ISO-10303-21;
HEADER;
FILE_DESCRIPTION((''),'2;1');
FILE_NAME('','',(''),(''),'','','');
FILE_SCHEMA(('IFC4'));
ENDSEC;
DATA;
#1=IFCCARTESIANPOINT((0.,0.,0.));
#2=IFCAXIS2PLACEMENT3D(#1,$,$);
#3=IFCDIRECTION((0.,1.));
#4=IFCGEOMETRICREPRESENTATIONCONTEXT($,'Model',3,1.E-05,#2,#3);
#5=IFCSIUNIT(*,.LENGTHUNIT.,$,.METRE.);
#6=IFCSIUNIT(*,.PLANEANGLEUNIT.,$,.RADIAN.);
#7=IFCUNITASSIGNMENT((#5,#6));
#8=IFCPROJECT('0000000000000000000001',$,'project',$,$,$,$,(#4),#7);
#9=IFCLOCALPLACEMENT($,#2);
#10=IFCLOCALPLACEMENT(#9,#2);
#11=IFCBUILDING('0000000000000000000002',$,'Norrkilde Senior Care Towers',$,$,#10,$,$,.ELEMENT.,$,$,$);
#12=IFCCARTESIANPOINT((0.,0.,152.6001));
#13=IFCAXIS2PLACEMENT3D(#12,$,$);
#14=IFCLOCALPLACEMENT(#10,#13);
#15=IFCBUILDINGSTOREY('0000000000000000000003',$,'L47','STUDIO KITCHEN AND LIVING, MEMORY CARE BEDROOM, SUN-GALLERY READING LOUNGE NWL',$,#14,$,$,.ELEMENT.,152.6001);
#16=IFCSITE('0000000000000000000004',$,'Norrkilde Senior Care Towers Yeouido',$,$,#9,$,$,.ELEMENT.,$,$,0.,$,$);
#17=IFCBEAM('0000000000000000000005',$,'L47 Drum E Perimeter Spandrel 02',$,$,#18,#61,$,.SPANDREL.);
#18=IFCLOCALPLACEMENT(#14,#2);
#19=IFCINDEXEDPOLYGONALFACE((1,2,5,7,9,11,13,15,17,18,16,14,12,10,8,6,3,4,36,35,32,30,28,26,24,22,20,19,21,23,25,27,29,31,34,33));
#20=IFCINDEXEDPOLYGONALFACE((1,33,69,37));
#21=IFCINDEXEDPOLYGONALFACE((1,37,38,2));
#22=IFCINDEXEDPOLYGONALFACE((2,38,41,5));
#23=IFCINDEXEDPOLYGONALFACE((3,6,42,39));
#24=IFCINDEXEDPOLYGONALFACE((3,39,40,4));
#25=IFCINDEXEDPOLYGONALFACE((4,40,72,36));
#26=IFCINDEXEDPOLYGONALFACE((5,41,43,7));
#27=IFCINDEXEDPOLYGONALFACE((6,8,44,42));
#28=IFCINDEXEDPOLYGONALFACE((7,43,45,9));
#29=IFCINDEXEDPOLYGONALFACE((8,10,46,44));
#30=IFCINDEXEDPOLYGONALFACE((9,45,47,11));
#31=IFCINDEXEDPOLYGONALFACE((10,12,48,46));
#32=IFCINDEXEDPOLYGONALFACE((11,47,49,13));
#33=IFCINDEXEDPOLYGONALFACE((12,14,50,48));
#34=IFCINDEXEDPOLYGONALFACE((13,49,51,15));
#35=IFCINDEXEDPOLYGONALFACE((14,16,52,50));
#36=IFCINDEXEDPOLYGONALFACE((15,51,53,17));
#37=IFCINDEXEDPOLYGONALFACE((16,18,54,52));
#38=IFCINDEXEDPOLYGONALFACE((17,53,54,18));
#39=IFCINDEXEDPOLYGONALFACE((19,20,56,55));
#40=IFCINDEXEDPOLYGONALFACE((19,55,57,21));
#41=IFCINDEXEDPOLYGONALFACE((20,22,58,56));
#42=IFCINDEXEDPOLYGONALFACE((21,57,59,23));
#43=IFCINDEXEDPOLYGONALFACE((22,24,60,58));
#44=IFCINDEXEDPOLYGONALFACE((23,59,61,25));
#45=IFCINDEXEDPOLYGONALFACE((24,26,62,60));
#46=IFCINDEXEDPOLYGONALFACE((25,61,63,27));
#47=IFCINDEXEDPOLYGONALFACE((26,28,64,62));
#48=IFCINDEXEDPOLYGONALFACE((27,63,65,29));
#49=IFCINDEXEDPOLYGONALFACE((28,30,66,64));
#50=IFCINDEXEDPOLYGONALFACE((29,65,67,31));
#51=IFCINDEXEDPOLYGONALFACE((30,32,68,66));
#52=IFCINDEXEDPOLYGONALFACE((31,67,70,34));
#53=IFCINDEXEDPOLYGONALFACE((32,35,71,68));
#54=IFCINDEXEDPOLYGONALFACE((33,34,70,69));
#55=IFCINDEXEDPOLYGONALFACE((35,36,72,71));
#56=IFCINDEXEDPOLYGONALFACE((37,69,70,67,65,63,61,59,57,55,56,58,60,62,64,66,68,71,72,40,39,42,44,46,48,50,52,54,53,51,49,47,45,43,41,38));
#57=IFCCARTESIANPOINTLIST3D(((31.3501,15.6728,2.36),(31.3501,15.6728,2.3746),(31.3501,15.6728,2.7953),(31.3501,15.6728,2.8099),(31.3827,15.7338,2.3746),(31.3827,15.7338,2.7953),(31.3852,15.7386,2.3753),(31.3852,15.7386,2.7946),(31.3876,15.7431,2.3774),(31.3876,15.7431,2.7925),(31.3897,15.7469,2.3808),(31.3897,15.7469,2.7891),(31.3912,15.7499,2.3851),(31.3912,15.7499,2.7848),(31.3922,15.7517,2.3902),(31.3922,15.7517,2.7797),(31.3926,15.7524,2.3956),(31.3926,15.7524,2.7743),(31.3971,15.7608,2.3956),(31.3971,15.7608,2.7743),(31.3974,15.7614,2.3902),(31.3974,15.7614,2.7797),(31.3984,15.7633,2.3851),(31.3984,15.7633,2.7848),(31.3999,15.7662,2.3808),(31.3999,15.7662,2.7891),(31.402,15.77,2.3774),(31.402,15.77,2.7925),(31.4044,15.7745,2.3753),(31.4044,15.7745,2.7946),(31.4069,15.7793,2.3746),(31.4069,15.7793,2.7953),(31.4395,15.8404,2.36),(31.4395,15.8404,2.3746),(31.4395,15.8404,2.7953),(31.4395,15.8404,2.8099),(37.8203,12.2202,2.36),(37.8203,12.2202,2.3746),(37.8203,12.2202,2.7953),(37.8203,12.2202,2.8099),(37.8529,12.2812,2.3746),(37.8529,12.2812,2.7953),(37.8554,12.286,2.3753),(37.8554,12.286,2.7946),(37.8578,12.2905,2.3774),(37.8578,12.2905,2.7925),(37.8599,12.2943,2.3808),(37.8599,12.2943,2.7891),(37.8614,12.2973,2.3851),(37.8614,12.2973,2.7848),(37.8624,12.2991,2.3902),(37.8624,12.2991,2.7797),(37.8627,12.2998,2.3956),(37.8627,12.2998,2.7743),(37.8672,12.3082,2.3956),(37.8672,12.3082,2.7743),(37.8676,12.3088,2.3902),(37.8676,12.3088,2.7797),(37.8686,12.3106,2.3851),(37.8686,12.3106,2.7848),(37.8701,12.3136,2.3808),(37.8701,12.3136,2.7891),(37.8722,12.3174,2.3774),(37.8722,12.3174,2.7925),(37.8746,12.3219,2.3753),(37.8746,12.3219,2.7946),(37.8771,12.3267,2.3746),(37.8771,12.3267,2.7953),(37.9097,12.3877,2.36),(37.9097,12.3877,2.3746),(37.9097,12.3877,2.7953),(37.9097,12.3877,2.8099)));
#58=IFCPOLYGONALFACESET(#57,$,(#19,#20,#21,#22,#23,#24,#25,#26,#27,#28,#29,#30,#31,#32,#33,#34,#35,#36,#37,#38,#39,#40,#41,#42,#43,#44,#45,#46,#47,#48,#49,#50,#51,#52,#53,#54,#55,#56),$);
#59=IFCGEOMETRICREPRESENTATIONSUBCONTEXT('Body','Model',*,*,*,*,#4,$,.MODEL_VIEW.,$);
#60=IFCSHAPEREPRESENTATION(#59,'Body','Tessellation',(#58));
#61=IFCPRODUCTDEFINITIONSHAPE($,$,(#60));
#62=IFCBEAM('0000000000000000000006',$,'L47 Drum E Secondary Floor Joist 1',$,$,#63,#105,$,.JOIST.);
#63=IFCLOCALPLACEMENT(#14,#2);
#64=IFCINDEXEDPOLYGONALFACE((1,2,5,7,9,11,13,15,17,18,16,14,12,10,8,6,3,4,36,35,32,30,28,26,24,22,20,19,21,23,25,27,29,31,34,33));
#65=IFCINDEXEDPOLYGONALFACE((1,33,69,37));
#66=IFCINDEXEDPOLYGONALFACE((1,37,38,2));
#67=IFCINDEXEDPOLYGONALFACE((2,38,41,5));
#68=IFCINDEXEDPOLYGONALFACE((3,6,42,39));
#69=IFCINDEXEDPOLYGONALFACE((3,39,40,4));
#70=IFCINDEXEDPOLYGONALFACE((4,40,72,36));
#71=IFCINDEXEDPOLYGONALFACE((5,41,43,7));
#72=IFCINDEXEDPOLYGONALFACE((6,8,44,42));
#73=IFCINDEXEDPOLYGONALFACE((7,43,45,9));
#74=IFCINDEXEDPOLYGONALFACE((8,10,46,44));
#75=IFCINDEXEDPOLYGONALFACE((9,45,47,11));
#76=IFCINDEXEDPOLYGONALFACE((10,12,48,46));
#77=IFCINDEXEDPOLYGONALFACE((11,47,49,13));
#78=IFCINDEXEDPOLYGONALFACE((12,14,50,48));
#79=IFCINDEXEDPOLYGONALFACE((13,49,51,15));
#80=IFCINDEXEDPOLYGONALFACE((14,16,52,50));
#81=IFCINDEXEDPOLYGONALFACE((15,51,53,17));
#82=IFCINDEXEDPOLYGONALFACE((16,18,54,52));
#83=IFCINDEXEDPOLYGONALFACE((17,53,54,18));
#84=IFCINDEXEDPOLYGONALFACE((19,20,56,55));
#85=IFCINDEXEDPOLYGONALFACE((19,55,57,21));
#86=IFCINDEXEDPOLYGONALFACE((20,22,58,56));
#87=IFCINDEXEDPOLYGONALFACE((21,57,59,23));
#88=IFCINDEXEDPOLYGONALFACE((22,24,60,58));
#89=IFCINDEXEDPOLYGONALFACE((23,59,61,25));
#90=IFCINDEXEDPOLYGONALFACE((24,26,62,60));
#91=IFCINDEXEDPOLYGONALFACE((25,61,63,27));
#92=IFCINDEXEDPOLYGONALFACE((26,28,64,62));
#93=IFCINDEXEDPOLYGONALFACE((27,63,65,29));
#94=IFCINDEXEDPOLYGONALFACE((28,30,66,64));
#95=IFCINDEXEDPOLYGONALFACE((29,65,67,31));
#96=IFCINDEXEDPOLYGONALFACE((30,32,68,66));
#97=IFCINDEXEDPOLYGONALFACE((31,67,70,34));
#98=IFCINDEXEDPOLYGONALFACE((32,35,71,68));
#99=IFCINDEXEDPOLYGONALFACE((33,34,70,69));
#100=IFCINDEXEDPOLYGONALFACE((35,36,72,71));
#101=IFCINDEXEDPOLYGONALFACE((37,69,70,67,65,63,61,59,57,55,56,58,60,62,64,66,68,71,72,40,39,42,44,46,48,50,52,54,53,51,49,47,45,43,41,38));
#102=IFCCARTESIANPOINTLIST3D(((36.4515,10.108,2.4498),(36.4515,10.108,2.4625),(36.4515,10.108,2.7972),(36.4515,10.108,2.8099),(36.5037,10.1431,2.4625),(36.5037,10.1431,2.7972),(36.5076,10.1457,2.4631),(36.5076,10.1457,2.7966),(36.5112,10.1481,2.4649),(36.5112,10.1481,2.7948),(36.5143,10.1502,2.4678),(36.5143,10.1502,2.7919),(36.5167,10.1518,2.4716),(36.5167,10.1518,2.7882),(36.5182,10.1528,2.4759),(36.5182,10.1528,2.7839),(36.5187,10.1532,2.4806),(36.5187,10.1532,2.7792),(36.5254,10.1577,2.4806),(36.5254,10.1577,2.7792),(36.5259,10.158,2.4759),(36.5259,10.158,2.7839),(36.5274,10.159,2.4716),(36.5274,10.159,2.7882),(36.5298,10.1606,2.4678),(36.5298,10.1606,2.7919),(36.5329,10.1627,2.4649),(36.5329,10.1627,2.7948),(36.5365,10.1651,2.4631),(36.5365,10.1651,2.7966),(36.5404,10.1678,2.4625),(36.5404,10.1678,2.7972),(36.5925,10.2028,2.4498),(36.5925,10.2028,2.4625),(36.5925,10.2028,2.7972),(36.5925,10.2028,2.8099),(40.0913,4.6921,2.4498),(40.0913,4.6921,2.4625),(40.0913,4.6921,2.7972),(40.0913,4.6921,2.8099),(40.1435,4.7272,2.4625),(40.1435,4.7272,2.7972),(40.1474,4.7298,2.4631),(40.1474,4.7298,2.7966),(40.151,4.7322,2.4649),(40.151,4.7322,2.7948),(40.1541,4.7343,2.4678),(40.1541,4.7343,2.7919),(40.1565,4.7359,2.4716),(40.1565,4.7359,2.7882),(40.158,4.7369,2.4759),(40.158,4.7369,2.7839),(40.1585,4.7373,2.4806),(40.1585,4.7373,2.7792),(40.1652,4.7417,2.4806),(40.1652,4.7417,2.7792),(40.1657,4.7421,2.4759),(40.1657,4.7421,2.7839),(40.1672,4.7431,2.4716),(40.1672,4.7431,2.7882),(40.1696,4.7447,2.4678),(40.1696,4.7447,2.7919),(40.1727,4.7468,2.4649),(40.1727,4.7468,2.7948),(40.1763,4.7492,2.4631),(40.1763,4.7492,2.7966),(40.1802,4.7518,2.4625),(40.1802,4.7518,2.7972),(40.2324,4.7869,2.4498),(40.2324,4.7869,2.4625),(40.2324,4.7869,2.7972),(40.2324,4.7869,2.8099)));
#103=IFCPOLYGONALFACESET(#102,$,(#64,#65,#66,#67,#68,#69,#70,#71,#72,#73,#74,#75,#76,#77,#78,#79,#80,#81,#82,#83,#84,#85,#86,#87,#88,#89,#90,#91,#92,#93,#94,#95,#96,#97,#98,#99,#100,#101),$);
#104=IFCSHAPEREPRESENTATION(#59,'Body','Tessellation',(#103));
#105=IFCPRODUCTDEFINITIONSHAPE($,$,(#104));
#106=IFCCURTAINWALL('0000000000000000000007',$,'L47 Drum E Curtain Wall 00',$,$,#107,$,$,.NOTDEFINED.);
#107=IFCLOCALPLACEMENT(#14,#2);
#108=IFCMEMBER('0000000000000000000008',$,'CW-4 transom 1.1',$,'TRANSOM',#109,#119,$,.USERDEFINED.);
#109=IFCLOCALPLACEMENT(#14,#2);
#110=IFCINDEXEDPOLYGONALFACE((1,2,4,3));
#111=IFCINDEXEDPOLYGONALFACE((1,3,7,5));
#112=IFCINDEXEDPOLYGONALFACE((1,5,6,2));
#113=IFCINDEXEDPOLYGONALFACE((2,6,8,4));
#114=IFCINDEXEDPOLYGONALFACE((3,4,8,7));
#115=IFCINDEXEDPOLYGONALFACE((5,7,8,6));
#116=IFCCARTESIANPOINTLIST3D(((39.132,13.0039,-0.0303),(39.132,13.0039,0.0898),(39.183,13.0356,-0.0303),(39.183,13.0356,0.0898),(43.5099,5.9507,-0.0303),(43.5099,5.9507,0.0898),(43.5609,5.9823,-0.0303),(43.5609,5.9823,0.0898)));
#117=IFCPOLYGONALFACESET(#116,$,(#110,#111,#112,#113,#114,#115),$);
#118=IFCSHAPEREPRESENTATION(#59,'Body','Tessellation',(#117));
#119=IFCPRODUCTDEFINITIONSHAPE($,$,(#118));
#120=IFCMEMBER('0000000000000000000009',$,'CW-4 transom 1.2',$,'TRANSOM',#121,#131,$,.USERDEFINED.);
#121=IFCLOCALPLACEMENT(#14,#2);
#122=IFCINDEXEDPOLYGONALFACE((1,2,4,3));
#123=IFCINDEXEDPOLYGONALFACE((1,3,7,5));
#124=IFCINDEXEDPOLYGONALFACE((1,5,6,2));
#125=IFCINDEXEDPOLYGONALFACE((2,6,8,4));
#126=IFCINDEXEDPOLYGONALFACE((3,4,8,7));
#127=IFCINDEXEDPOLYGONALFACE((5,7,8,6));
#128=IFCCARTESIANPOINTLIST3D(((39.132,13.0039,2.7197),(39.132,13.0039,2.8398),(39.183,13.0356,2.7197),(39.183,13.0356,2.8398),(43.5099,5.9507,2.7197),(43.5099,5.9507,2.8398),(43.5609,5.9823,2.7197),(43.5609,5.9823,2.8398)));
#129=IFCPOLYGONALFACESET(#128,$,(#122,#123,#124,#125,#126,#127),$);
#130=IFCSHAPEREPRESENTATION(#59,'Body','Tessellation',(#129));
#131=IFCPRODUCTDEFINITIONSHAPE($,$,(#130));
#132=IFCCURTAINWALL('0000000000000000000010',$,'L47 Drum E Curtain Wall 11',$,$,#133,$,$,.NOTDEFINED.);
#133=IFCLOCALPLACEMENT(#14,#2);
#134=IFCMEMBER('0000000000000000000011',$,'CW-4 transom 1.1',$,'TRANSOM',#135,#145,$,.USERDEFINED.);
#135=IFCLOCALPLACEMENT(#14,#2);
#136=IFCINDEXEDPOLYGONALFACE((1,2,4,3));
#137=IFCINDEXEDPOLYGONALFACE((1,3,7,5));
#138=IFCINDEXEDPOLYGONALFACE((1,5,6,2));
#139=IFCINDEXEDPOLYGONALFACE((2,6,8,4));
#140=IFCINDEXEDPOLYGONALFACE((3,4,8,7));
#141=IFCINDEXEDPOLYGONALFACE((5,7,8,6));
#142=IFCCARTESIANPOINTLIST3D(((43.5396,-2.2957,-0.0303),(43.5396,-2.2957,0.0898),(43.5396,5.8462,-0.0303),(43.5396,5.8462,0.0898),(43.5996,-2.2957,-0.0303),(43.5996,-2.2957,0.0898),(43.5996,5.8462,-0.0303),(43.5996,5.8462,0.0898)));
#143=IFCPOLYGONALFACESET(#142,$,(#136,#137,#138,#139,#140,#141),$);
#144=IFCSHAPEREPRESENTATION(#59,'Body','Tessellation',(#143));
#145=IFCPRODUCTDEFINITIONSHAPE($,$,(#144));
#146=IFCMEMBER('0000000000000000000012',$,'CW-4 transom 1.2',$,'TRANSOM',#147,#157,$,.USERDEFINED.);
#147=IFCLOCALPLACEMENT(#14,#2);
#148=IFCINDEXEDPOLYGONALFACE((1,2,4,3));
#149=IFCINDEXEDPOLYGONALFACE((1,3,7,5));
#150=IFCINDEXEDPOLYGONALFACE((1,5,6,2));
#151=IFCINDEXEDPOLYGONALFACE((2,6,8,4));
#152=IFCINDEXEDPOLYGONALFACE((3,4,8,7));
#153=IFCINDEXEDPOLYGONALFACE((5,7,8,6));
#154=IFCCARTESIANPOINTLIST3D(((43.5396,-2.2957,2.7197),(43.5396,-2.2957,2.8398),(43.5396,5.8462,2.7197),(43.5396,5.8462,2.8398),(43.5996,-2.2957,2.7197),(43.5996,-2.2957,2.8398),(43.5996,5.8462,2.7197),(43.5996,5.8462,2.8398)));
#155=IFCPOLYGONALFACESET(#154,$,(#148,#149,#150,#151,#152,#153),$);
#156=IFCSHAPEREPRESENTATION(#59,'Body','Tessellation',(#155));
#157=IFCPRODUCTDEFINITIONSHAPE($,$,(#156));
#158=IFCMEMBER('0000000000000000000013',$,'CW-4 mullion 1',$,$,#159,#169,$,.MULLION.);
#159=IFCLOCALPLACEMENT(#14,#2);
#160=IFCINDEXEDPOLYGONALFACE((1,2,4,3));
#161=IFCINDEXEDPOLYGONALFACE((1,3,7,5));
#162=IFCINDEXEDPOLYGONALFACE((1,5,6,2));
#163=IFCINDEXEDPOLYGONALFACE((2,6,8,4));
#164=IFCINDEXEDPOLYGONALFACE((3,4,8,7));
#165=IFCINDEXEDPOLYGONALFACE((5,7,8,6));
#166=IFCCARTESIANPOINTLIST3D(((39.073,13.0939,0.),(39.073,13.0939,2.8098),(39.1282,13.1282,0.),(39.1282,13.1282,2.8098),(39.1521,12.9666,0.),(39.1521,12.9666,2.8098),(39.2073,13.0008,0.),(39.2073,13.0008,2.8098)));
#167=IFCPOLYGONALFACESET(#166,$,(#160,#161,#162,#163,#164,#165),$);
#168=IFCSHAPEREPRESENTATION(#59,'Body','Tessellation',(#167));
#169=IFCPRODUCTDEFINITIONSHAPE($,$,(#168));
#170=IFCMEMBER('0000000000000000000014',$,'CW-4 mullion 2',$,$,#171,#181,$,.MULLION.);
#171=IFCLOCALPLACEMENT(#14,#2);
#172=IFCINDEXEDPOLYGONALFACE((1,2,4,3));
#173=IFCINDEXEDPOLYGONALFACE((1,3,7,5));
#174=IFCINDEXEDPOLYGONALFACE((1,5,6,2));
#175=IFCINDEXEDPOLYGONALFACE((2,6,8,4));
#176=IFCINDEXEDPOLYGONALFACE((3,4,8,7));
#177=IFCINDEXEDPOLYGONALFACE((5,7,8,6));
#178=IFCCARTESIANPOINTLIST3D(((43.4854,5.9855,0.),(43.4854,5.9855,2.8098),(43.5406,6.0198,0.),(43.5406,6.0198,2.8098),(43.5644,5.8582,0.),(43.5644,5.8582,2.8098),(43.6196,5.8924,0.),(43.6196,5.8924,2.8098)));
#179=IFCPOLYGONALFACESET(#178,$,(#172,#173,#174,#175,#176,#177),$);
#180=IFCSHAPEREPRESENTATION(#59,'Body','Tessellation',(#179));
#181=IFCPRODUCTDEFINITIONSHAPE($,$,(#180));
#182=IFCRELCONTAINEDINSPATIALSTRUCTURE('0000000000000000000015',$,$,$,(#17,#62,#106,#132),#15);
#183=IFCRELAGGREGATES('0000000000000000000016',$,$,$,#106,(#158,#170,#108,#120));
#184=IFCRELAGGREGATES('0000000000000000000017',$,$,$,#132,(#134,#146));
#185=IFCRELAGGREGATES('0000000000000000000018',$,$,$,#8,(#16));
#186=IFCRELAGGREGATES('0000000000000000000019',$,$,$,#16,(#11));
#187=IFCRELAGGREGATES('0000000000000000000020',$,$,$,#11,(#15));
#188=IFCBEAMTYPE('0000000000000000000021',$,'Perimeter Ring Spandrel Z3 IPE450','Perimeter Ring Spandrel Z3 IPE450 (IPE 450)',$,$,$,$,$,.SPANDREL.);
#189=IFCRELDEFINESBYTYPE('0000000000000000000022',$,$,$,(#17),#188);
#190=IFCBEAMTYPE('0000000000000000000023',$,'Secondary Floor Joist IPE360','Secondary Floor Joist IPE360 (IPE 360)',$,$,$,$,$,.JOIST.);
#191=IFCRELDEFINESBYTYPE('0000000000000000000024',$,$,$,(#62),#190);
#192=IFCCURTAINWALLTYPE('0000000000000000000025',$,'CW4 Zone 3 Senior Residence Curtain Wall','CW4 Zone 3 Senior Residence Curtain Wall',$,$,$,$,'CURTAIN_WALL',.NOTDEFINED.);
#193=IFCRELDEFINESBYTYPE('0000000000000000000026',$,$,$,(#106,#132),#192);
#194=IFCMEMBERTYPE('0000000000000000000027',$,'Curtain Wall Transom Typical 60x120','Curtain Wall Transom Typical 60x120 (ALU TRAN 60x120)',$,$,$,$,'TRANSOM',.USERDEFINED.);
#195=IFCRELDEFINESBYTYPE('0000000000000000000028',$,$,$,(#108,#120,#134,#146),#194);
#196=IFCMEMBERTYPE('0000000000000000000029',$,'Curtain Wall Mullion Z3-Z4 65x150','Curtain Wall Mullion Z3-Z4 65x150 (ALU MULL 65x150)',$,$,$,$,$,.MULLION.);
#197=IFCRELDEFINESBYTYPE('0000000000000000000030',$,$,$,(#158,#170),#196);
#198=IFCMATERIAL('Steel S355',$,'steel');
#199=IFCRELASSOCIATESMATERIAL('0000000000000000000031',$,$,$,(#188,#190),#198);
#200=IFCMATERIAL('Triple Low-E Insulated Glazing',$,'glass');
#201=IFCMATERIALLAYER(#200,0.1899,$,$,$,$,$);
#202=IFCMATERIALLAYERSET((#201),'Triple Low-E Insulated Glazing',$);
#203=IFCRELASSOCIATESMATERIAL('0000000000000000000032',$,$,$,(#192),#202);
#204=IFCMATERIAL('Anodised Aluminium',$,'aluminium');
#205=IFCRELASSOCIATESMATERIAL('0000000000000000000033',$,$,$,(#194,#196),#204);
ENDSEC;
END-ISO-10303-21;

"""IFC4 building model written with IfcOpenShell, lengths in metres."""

from ifc_helpers import new_model, si_unit, direction, frame, origin, origin_2d, place, context, subcontext, project, spatial, rectangle, i_section, extrude, source, transform, mapped, material, layer, layer_set, material_profile, profile_set, type_object, type_shapes, element, aggregate, save


model = new_model("IFC4")

# Units and contexts
model_context = context("Model", 3, precision=1e-05, world=origin(), true_north=direction((0.0, 1.0)))
body_context = subcontext(model_context, "Body", "Model", "MODEL_VIEW")
ifc_project = project(units=[si_unit("LENGTHUNIT", "METRE"), si_unit("PLANEANGLEUNIT", "RADIAN")], contexts=[model_context])

# Site, building, storey
site_placement = place(None, origin())
site = spatial("IfcSite", under=ifc_project, at=site_placement, Name="Norrkilde Senior Care Towers Yeouido", CompositionType="ELEMENT", RefElevation=0.0)
building_placement = place(site_placement, origin())
building = spatial("IfcBuilding", under=site, at=building_placement, Name="Norrkilde Senior Care Towers", CompositionType="ELEMENT")
storey_placement = place(building_placement, frame((0.0, 0.0, 152.6001)))
storey = spatial("IfcBuildingStorey", under=building, at=storey_placement, Name="L47", Description="STUDIO KITCHEN AND LIVING, MEMORY CARE BEDROOM, SUN-GALLERY READING LOUNGE NWL", CompositionType="ELEMENT", Elevation=152.6001)

# Beams
ifc_material_1 = material(Name="Steel S355", Category="steel")
ifc_material_profile_1 = material_profile(ifc_material_1, i_section(OverallWidth=0.1899, OverallDepth=0.45, WebThickness=0.0095, FlangeThickness=0.0146, FilletRadius=0.021, at=origin_2d()), Name="IPE 450")
ifc_profile_set_1 = profile_set([ifc_material_profile_1], Name="Steel S355")
beam_type_1 = type_object("IfcBeamType", Name="Perimeter Ring Spandrel Z3 IPE450", Description="Perimeter Ring Spandrel Z3 IPE450 (IPE 450)", PredefinedType="SPANDREL", material=ifc_profile_set_1)
shared_shape_1 = source(origin(), body_context, "Body", "SweptSolid", [
    extrude(i_section(OverallWidth=0.1899, OverallDepth=0.45, WebThickness=0.0095, FlangeThickness=0.0146, FilletRadius=0.021, at=origin_2d()), origin(), (0.0, 0.0, 1.0), 7.3337),
])
beam_1_placement = place(storey_placement, frame((37.865, 12.304, 2.585), z_axis=(-0.882248, 0.470785, 0.0), x_axis=(-0.470785, -0.882248, 0.0)))
element("IfcBeam", 1, at=beam_1_placement, inside=storey, type_object=beam_type_1, Name="L47 Drum E Perimeter Spandrel 02", PredefinedType="SPANDREL", context=body_context, shape_type="MappedRepresentation", body=[
    mapped(shared_shape_1, transform((0.0, 0.0, 0.0), x_axis=(1.0, 0.0, 0.0), y_axis=(0.0, 1.0, 0.0), z_axis=(0.0, 0.0, 1.0), scale=1.0)),
])
ifc_material_profile_2 = material_profile(ifc_material_1, i_section(OverallWidth=0.1699, OverallDepth=0.3601, WebThickness=0.0081, FlangeThickness=0.0127, FilletRadius=0.0181, at=origin_2d()), Name="IPE 360")
ifc_profile_set_2 = profile_set([ifc_material_profile_2], Name="Steel S355")
beam_type_2 = type_object("IfcBeamType", Name="Secondary Floor Joist IPE360", Description="Secondary Floor Joist IPE360 (IPE 360)", PredefinedType="JOIST", material=ifc_profile_set_2)
shared_shape_2 = source(origin(), body_context, "Body", "SweptSolid", [
    extrude(i_section(OverallWidth=0.1699, OverallDepth=0.3601, WebThickness=0.0081, FlangeThickness=0.0127, FilletRadius=0.0181, at=origin_2d()), origin(), (0.0, 0.0, 1.0), 6.5254),
])
type_shapes(beam_type_2, [shared_shape_2])
beam_2_placement = place(storey_placement, frame((40.1619, 4.7395, 2.6299), z_axis=(-0.557796, 0.829978, 0.0), x_axis=(-0.829978, -0.557796, 0.0)))
element("IfcBeam", 2, at=beam_2_placement, inside=storey, type_object=beam_type_2, Name="L47 Drum E Secondary Floor Joist 1", PredefinedType="JOIST", context=body_context, shape_type="MappedRepresentation", body=[
    mapped(shared_shape_2, transform((0.0, 0.0, 0.0), x_axis=(1.0, 0.0, 0.0), y_axis=(0.0, 1.0, 0.0), z_axis=(0.0, 0.0, 1.0), scale=1.0)),
])

# Curtain walls, members
ifc_material_2 = material(Name="Triple Low-E Insulated Glazing", Category="glass")
ifc_layer_1 = layer(ifc_material_2, 0.1899)
ifc_layer_set_1 = layer_set([ifc_layer_1], Name="Triple Low-E Insulated Glazing")
curtain_wall_type = type_object("IfcCurtainWallType", Name="CW4 Zone 3 Senior Residence Curtain Wall", Description="CW4 Zone 3 Senior Residence Curtain Wall", ElementType="CURTAIN_WALL", PredefinedType="NOTDEFINED", material=ifc_layer_set_1)
curtain_wall_1_placement = place(storey_placement, origin())
curtain_wall_1 = element("IfcCurtainWall", 3, at=curtain_wall_1_placement, inside=storey, type_object=curtain_wall_type, Name="L47 Drum E Curtain Wall 00", PredefinedType="NOTDEFINED")
ifc_material_3 = material(Name="Anodised Aluminium", Category="aluminium")
ifc_material_profile_3 = material_profile(ifc_material_3, rectangle(XDim=0.0601, YDim=0.1201, at=origin_2d()), Name="ALU TRAN 60x120")
ifc_profile_set_3 = profile_set([ifc_material_profile_3], Name="Anodised Aluminium")
member_type_1 = type_object("IfcMemberType", Name="Curtain Wall Transom Typical 60x120", Description="Curtain Wall Transom Typical 60x120 (ALU TRAN 60x120)", ElementType="TRANSOM", PredefinedType="USERDEFINED", material=ifc_profile_set_3)
shared_shape_3 = source(origin(), body_context, "Body", "SweptSolid", [
    extrude(rectangle(XDim=0.0601, YDim=0.1201, at=origin_2d()), origin(), (0.0, 0.0, 1.0), 8.3015),
])
member_1_placement = place(storey_placement, frame((39.1575, 13.0198, 0.0298), z_axis=(0.527369, -0.849637, 0.0), x_axis=(0.849637, 0.527369, 0.0)))
member_1 = element("IfcMember", 4, at=member_1_placement, type_object=member_type_1, Name="CW-4 transom 1.1", ObjectType="TRANSOM", PredefinedType="USERDEFINED", context=body_context, shape_type="MappedRepresentation", body=[
    mapped(shared_shape_3, transform((0.0, 0.0, 0.0), x_axis=(1.0, 0.0, 0.0), y_axis=(0.0, 1.0, 0.0), z_axis=(0.0, 0.0, 1.0), scale=1.0)),
])
member_2_placement = place(storey_placement, frame((39.1575, 13.0198, 2.7798), z_axis=(0.527369, -0.849637, 0.0), x_axis=(0.849637, 0.527369, 0.0)))
member_2 = element("IfcMember", 5, at=member_2_placement, type_object=member_type_1, Name="CW-4 transom 1.2", ObjectType="TRANSOM", PredefinedType="USERDEFINED", context=body_context, shape_type="MappedRepresentation", body=[
    mapped(shared_shape_3, transform((0.0, 0.0, 0.0), x_axis=(1.0, 0.0, 0.0), y_axis=(0.0, 1.0, 0.0), z_axis=(0.0, 0.0, 1.0), scale=1.0)),
])
curtain_wall_2_placement = place(storey_placement, origin())
curtain_wall_2 = element("IfcCurtainWall", 6, at=curtain_wall_2_placement, inside=storey, type_object=curtain_wall_type, Name="L47 Drum E Curtain Wall 11", PredefinedType="NOTDEFINED")
shared_shape_4 = source(origin(), body_context, "Body", "SweptSolid", [
    extrude(rectangle(XDim=0.0601, YDim=0.1201, at=origin_2d()), origin(), (0.0, 0.0, 1.0), 8.1418),
])
type_shapes(member_type_1, [shared_shape_3, shared_shape_4])
member_3_placement = place(storey_placement, frame((43.5696, 5.8462, 0.0298), z_axis=(0.0, -1.0, 0.0), x_axis=(1.0, 0.0, 0.0)))
member_3 = element("IfcMember", 7, at=member_3_placement, type_object=member_type_1, Name="CW-4 transom 1.1", ObjectType="TRANSOM", PredefinedType="USERDEFINED", context=body_context, shape_type="MappedRepresentation", body=[
    mapped(shared_shape_4, transform((0.0, 0.0, 0.0), x_axis=(1.0, 0.0, 0.0), y_axis=(0.0, 1.0, 0.0), z_axis=(0.0, 0.0, 1.0), scale=1.0)),
])
member_4_placement = place(storey_placement, frame((43.5696, 5.8462, 2.7798), z_axis=(0.0, -1.0, 0.0), x_axis=(1.0, 0.0, 0.0)))
member_4 = element("IfcMember", 8, at=member_4_placement, type_object=member_type_1, Name="CW-4 transom 1.2", ObjectType="TRANSOM", PredefinedType="USERDEFINED", context=body_context, shape_type="MappedRepresentation", body=[
    mapped(shared_shape_4, transform((0.0, 0.0, 0.0), x_axis=(1.0, 0.0, 0.0), y_axis=(0.0, 1.0, 0.0), z_axis=(0.0, 0.0, 1.0), scale=1.0)),
])

# Members
ifc_material_profile_4 = material_profile(ifc_material_3, rectangle(XDim=0.0649, YDim=0.1499, at=origin_2d()), Name="ALU MULL 65x150")
ifc_profile_set_4 = profile_set([ifc_material_profile_4], Name="Anodised Aluminium")
member_type_2 = type_object("IfcMemberType", Name="Curtain Wall Mullion Z3-Z4 65x150", Description="Curtain Wall Mullion Z3-Z4 65x150 (ALU MULL 65x150)", PredefinedType="MULLION", material=ifc_profile_set_4)
shared_shape_5 = source(origin(), body_context, "Body", "SweptSolid", [
    extrude(rectangle(XDim=0.0649, YDim=0.1499, at=origin_2d()), origin(), (0.0, 0.0, 1.0), 2.8098),
])
type_shapes(member_type_2, [shared_shape_5])
member_5_placement = place(storey_placement, frame((39.1401, 13.0474, 0.0), z_axis=(0.0, 0.0, 1.0), x_axis=(0.849634, 0.527373, 0.0)))
member_5 = element("IfcMember", 9, at=member_5_placement, type_object=member_type_2, Name="CW-4 mullion 1", PredefinedType="MULLION", context=body_context, shape_type="MappedRepresentation", body=[
    mapped(shared_shape_5, transform((0.0, 0.0, 0.0), x_axis=(1.0, 0.0, 0.0), y_axis=(0.0, 1.0, 0.0), z_axis=(0.0, 0.0, 1.0), scale=1.0)),
])
member_6_placement = place(storey_placement, frame((43.5525, 5.939, 0.0), z_axis=(0.0, 0.0, 1.0), x_axis=(0.849634, 0.527373, 0.0)))
member_6 = element("IfcMember", 10, at=member_6_placement, type_object=member_type_2, Name="CW-4 mullion 2", PredefinedType="MULLION", context=body_context, shape_type="MappedRepresentation", body=[
    mapped(shared_shape_5, transform((0.0, 0.0, 0.0), x_axis=(1.0, 0.0, 0.0), y_axis=(0.0, 1.0, 0.0), z_axis=(0.0, 0.0, 1.0), scale=1.0)),
])

aggregate(curtain_wall_1, [member_5, member_6, member_1, member_2])
aggregate(curtain_wall_2, [member_3, member_4])

save(model, "model.ifc")
